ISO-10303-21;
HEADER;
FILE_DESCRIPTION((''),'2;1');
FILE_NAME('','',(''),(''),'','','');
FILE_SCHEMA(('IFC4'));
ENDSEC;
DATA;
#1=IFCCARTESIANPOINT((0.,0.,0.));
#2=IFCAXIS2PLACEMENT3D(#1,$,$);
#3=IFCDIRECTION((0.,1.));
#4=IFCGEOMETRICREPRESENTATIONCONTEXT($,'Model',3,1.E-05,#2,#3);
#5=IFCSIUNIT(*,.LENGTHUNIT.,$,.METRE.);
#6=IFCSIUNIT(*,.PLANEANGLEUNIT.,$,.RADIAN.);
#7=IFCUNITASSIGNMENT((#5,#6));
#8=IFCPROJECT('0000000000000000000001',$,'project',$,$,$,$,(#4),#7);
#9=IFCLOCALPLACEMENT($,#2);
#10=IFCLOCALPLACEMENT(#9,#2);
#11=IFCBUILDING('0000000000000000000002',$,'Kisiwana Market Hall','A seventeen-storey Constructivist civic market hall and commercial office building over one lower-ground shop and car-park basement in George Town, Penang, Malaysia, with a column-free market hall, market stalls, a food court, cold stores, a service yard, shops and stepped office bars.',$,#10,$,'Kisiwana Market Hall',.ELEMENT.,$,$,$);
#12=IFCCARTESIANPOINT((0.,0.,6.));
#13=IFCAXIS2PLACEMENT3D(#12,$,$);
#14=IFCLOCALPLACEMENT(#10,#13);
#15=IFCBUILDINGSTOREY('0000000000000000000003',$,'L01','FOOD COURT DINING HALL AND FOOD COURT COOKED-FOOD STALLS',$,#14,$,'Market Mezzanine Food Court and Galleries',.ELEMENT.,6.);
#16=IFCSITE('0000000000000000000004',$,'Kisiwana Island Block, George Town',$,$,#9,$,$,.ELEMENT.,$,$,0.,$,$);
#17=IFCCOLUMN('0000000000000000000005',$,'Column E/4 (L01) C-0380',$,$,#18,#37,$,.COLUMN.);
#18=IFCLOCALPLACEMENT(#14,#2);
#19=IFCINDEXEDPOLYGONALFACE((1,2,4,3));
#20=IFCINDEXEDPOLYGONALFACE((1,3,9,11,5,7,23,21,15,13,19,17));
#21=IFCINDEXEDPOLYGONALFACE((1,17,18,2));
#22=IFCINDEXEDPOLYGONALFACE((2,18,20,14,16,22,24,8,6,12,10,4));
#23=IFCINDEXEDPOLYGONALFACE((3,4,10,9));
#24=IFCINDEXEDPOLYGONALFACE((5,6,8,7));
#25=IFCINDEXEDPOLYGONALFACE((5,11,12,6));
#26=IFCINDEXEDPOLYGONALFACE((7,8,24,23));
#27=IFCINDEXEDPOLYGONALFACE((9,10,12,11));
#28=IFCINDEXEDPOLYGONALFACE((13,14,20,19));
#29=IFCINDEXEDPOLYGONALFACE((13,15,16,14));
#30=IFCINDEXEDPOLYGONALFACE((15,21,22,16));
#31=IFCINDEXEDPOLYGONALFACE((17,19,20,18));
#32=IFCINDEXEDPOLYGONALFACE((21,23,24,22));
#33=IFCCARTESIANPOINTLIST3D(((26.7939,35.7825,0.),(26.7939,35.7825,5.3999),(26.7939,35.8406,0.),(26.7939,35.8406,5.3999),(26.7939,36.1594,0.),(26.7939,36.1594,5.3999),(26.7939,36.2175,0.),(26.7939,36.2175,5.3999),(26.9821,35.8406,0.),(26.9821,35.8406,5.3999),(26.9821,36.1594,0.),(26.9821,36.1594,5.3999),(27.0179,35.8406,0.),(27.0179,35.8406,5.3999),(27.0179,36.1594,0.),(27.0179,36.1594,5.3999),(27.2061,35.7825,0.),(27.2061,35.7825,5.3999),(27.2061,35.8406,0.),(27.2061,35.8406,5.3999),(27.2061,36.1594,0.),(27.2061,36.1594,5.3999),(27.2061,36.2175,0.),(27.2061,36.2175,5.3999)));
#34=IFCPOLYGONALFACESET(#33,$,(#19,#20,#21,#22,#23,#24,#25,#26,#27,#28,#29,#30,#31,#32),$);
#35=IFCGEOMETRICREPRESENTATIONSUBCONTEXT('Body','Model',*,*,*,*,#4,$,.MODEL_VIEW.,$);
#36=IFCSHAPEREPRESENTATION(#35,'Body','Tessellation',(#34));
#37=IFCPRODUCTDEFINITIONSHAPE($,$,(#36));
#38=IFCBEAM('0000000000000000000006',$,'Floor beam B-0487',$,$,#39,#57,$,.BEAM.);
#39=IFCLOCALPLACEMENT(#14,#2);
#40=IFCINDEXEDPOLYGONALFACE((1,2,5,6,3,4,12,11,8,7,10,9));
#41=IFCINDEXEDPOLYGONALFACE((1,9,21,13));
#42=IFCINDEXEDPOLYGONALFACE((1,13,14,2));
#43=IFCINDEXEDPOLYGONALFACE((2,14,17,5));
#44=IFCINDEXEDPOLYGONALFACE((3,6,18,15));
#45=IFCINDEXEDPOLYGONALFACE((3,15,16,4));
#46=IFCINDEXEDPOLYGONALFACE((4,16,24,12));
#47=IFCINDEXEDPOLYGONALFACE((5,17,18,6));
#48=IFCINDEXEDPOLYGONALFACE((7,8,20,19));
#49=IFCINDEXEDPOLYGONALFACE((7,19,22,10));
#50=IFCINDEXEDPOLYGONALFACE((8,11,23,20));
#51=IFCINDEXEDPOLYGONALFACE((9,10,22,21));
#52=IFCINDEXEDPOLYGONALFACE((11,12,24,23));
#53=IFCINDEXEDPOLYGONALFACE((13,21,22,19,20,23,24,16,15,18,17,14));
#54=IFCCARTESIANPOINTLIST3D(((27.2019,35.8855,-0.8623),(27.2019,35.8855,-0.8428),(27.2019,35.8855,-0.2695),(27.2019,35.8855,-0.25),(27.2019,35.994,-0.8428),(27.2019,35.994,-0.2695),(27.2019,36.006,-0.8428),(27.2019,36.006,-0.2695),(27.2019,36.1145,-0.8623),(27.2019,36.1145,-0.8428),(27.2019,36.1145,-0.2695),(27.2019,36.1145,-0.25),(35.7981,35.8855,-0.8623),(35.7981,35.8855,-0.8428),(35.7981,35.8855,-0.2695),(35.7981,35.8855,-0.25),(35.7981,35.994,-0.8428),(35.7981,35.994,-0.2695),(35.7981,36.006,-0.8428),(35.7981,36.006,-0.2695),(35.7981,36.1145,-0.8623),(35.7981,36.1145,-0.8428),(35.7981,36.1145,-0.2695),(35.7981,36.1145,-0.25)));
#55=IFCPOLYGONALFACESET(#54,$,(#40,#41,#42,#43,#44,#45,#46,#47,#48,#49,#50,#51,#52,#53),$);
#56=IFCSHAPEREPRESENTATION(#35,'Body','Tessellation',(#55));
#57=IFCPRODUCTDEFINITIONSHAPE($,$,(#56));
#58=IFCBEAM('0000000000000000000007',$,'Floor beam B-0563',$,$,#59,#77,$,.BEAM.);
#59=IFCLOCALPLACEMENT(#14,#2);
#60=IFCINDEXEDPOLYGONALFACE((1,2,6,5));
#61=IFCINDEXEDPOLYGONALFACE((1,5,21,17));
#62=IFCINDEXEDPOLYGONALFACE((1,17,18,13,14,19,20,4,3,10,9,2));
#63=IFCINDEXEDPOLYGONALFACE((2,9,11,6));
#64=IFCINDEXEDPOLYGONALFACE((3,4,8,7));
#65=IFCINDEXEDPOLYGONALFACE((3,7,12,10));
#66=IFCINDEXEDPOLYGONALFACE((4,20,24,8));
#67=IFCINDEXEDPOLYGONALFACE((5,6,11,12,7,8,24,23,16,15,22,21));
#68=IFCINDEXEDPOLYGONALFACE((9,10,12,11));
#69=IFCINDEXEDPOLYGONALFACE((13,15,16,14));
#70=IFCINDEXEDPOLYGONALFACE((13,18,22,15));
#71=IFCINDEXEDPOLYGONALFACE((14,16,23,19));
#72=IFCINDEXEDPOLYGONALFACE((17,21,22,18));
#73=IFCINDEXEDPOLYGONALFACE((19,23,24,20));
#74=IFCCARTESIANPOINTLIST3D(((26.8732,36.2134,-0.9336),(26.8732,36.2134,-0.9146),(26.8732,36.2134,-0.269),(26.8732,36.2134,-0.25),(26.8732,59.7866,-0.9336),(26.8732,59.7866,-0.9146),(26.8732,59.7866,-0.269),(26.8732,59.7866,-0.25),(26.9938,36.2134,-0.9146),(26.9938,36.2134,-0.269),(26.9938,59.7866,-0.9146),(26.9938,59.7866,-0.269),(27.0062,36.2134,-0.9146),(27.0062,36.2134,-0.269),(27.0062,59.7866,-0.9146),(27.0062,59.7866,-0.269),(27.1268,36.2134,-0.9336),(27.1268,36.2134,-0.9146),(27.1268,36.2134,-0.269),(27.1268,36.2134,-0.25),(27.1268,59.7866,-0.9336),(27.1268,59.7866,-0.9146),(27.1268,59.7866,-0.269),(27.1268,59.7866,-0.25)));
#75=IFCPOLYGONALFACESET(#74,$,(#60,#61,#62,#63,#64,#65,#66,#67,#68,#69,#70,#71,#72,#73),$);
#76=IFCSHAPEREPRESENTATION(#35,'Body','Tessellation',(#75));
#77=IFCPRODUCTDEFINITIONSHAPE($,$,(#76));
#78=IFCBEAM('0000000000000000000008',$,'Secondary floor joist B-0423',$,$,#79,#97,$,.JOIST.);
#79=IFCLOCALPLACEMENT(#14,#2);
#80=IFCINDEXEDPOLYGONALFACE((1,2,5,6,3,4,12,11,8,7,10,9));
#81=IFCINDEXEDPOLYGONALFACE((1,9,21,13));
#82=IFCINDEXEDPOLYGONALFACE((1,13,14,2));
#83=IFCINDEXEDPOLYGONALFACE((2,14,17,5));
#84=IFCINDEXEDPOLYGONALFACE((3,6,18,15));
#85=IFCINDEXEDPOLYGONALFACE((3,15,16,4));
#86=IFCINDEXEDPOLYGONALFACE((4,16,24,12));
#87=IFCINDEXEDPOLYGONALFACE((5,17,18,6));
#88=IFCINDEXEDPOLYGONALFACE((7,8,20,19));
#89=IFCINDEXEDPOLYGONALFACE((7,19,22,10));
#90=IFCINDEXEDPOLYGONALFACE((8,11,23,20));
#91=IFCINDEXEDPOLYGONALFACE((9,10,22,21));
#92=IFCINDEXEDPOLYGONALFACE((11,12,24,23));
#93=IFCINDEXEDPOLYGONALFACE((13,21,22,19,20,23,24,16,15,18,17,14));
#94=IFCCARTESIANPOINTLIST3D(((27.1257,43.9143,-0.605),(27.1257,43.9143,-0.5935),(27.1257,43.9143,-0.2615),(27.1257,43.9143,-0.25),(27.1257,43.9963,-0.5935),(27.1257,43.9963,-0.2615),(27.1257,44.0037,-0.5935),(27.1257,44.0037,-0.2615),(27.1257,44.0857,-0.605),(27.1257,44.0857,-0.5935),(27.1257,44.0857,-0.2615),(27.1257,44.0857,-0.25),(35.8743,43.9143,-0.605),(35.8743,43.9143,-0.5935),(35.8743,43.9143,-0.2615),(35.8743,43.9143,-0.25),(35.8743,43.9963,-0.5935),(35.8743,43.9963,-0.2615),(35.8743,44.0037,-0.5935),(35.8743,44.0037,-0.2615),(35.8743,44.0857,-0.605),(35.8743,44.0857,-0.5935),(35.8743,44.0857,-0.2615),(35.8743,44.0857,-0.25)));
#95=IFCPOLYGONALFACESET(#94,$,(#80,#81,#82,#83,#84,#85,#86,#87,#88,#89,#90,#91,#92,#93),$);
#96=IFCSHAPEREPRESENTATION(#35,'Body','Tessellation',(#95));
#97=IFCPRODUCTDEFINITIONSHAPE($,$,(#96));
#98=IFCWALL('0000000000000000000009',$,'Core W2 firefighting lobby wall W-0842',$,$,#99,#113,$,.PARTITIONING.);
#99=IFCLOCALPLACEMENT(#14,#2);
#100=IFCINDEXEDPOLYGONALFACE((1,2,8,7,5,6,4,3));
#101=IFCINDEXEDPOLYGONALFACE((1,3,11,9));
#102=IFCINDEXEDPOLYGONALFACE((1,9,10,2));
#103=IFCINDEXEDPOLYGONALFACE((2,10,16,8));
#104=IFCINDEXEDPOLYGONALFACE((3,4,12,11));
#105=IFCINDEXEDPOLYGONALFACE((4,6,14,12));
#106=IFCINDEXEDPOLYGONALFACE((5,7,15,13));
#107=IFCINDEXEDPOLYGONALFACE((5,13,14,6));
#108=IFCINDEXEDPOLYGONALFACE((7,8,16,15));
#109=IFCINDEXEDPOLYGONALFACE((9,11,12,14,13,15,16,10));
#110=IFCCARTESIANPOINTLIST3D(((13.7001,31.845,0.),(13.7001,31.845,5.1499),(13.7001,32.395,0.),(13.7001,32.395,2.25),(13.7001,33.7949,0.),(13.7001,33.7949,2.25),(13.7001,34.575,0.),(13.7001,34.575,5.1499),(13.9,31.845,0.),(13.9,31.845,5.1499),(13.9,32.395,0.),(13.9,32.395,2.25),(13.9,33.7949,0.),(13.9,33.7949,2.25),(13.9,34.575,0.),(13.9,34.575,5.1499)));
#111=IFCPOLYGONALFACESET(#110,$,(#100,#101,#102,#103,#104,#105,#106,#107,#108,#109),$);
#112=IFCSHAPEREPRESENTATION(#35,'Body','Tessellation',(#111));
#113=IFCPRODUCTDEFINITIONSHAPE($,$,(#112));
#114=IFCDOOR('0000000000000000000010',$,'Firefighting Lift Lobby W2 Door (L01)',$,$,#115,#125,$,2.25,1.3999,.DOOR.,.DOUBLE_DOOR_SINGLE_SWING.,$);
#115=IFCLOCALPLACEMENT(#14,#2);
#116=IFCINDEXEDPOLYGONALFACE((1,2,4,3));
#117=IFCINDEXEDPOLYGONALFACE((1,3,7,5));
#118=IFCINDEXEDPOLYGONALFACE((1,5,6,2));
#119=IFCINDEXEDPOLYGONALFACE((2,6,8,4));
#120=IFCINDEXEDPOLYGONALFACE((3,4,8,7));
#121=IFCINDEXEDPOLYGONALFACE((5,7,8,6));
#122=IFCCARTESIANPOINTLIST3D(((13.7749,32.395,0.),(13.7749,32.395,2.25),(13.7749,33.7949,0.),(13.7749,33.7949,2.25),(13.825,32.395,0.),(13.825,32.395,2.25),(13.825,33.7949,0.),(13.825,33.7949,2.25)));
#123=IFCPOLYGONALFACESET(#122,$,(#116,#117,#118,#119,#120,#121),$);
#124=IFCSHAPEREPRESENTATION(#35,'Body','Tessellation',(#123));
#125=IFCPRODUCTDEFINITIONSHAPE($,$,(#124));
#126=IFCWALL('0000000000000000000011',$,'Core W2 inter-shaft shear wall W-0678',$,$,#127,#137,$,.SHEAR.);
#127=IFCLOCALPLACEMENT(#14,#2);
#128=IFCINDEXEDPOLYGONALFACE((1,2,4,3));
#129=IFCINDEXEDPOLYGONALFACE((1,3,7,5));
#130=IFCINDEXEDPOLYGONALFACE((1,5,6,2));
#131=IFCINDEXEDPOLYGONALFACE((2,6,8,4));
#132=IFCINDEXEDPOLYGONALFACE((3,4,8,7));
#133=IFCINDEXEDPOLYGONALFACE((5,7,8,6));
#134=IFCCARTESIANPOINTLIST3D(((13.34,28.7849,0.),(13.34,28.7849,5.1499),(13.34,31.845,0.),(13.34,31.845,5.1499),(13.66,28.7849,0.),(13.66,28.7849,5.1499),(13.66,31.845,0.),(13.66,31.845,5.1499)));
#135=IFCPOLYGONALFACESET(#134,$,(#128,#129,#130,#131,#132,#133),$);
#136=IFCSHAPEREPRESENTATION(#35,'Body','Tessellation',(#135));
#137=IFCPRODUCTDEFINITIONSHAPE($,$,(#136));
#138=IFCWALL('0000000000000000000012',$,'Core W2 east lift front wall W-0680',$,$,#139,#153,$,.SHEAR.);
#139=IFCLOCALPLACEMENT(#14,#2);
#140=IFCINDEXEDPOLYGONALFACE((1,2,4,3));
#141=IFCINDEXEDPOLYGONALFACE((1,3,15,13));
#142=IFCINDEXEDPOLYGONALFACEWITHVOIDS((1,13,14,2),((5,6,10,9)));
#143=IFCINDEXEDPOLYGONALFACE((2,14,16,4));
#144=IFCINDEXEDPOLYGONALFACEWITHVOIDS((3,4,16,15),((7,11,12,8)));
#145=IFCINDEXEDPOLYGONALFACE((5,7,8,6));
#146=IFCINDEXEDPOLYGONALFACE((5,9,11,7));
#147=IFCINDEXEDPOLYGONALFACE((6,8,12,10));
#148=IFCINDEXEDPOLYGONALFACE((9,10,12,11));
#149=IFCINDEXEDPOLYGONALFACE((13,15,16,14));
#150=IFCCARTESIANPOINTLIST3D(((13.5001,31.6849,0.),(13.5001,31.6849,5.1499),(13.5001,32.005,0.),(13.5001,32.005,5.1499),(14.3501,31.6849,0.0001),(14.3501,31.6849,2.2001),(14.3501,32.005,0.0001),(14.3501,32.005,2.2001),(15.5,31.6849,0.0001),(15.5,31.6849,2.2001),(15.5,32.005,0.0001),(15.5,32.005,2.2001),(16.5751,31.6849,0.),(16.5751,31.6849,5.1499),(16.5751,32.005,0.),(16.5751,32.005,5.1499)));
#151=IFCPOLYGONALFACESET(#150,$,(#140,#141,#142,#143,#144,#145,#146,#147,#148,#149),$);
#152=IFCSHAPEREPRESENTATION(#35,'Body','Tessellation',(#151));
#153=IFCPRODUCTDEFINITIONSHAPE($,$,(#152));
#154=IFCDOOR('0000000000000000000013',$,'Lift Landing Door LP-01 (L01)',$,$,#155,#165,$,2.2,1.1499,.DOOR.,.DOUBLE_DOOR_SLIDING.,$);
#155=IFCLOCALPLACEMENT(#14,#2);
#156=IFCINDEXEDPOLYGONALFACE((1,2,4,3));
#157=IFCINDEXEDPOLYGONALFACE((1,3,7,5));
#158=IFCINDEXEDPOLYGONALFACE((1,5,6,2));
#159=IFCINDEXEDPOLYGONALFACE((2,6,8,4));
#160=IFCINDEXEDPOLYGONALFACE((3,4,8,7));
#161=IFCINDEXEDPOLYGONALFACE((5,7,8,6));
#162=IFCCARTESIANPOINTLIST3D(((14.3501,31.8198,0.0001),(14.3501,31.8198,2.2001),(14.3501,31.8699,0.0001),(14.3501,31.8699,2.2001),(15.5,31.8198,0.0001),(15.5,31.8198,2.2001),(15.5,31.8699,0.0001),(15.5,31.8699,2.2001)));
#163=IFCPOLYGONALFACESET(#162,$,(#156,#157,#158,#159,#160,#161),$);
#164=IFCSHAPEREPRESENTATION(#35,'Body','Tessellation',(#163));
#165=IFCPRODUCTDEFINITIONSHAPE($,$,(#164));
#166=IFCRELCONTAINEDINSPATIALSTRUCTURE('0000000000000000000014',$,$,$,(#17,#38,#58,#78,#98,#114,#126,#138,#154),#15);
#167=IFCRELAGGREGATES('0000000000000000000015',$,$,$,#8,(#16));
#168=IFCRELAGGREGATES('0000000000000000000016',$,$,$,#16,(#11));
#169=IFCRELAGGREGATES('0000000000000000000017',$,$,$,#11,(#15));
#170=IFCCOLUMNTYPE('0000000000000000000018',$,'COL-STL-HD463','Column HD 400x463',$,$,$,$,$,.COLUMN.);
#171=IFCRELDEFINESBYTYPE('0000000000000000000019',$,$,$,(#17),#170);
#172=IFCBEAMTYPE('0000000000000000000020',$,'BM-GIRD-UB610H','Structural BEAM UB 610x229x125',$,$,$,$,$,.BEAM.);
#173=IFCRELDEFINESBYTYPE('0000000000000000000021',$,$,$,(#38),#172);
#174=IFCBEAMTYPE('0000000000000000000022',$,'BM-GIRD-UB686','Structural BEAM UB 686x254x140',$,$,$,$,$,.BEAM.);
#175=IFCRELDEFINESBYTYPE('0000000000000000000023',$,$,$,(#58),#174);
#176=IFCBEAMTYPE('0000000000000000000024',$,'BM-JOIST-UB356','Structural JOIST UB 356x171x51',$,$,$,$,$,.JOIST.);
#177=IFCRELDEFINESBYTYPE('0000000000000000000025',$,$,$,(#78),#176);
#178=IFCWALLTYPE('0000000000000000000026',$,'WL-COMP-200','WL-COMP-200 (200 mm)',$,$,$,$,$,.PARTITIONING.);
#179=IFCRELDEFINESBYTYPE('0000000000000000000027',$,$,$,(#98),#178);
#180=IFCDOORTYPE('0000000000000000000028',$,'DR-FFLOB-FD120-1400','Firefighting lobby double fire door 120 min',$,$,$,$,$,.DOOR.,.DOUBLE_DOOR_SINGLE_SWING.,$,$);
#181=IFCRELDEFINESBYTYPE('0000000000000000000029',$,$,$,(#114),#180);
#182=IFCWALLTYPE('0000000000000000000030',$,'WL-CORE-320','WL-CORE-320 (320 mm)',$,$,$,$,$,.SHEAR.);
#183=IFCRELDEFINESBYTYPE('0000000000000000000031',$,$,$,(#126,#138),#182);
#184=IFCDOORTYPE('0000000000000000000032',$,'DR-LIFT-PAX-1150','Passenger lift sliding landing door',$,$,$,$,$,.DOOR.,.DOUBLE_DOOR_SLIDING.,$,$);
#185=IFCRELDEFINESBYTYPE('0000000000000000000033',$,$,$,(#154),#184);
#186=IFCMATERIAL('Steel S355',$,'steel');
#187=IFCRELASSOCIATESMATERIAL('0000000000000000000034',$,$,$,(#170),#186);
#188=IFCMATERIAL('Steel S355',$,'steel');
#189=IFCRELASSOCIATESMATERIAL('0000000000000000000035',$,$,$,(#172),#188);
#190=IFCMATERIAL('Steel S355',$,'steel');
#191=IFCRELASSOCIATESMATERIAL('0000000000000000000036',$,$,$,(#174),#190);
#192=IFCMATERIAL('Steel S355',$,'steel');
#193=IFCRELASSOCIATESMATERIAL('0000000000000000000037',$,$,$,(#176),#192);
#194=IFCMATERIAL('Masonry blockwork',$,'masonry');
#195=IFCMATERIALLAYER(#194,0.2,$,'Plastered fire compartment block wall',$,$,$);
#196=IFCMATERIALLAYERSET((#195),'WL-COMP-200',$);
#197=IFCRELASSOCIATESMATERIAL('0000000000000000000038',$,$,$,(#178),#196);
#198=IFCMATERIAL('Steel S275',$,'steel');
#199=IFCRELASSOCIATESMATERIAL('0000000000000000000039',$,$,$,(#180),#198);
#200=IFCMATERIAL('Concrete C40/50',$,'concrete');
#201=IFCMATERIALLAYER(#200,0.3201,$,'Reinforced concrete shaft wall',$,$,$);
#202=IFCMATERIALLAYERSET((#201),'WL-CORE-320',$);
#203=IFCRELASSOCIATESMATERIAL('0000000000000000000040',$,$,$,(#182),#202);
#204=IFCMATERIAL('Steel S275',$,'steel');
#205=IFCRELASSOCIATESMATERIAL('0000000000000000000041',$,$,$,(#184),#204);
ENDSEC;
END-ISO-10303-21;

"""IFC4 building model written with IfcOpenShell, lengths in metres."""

from ifc_helpers import new_model, si_unit, direction, frame, frame_2d, origin, origin_2d, place, context, subcontext, project, spatial, rectangle, i_section, extrude, material, layer, layer_set, material_profile, profile_set, type_object, element, fill, save


model = new_model("IFC4")

# Units and contexts
model_context = context("Model", 3, precision=1e-05, world=origin(), true_north=direction((0.0, 1.0)))
body_context = subcontext(model_context, "Body", "Model", "MODEL_VIEW")
ifc_project = project(units=[si_unit("LENGTHUNIT", "METRE"), si_unit("PLANEANGLEUNIT", "RADIAN")], contexts=[model_context])

# Site, building, storey
site_placement = place(None, origin())
site = spatial("IfcSite", under=ifc_project, at=site_placement, Name="Kisiwana Island Block, George Town", CompositionType="ELEMENT", RefElevation=0.0)
building_placement = place(site_placement, origin())
building = spatial("IfcBuilding", under=site, at=building_placement, Name="Kisiwana Market Hall", Description="A seventeen-storey Constructivist civic market hall and commercial office building over one lower-ground shop and car-park basement in George Town, Penang, Malaysia, with a column-free market hall, market stalls, a food court, cold stores, a service yard, shops and stepped office bars.", LongName="Kisiwana Market Hall", CompositionType="ELEMENT")
storey_placement = place(building_placement, frame((0.0, 0.0, 6.0)))
storey = spatial("IfcBuildingStorey", under=building, at=storey_placement, Name="L01", Description="FOOD COURT DINING HALL AND FOOD COURT COOKED-FOOD STALLS", LongName="Market Mezzanine Food Court and Galleries", CompositionType="ELEMENT", Elevation=6.0)

# Column
ifc_material_1 = material(Name="Steel S355", Category="steel")
ifc_material_profile_1 = material_profile(ifc_material_1, i_section(OverallWidth=0.4121, OverallDepth=0.4351, WebThickness=0.0359, FlangeThickness=0.0581, at=origin_2d()), Name="HD 400x463")
ifc_profile_set_1 = profile_set([ifc_material_profile_1], Name="Steel S355")
column_type = type_object("IfcColumnType", Name="COL-STL-HD463", Description="Column HD 400x463", PredefinedType="COLUMN", material=ifc_profile_set_1)
column_placement = place(storey_placement, frame((27.0, 36.0, 0.0), z_axis=(0.0, 0.0, 1.0), x_axis=(1.0, 0.0, 0.0)))
element("IfcColumn", 1, at=column_placement, inside=storey, type_object=column_type, Name="Column E/4 (L01) C-0380", PredefinedType="COLUMN", context=body_context, shape_type="SweptSolid", body=[
    extrude(i_section(OverallWidth=0.4121, OverallDepth=0.4351, WebThickness=0.0359, FlangeThickness=0.0581, at=origin_2d()), origin(), (0.0, 0.0, 1.0), 5.3999),
])

# Beams
ifc_material_2 = material(Name="Steel S355", Category="steel")
ifc_material_profile_2 = material_profile(ifc_material_2, i_section(OverallWidth=0.229, OverallDepth=0.6123, WebThickness=0.012, FlangeThickness=0.0195, at=origin_2d()), Name="UB 610x229x125")
ifc_profile_set_2 = profile_set([ifc_material_profile_2], Name="Steel S355")
beam_type_1 = type_object("IfcBeamType", Name="BM-GIRD-UB610H", Description="Structural BEAM UB 610x229x125", PredefinedType="BEAM", material=ifc_profile_set_2)
beam_1_placement = place(storey_placement, frame((27.2019, 36.0, -0.5562), z_axis=(1.0, 0.0, 0.0), x_axis=(0.0, 1.0, 0.0)))
element("IfcBeam", 2, at=beam_1_placement, inside=storey, type_object=beam_type_1, Name="Floor beam B-0487", PredefinedType="BEAM", context=body_context, shape_type="SweptSolid", body=[
    extrude(i_section(OverallWidth=0.229, OverallDepth=0.6123, WebThickness=0.012, FlangeThickness=0.0195, at=origin_2d()), origin(), (0.0, 0.0, 1.0), 8.5962),
])
ifc_material_3 = material(Name="Steel S355", Category="steel")
ifc_material_profile_3 = material_profile(ifc_material_3, i_section(OverallWidth=0.2537, OverallDepth=0.6836, WebThickness=0.0125, FlangeThickness=0.019, at=origin_2d()), Name="UB 686x254x140")
ifc_profile_set_3 = profile_set([ifc_material_profile_3], Name="Steel S355")
beam_type_2 = type_object("IfcBeamType", Name="BM-GIRD-UB686", Description="Structural BEAM UB 686x254x140", PredefinedType="BEAM", material=ifc_profile_set_3)
beam_2_placement = place(storey_placement, frame((27.0, 36.2134, -0.5918), z_axis=(0.0, 1.0, 0.0), x_axis=(-1.0, 0.0, 0.0)))
element("IfcBeam", 3, at=beam_2_placement, inside=storey, type_object=beam_type_2, Name="Floor beam B-0563", PredefinedType="BEAM", context=body_context, shape_type="SweptSolid", body=[
    extrude(i_section(OverallWidth=0.2537, OverallDepth=0.6836, WebThickness=0.0125, FlangeThickness=0.019, at=origin_2d()), origin(), (0.0, 0.0, 1.0), 23.5732),
])
ifc_material_4 = material(Name="Steel S355", Category="steel")
ifc_material_profile_4 = material_profile(ifc_material_4, i_section(OverallWidth=0.1714, OverallDepth=0.355, WebThickness=0.0073, FlangeThickness=0.0115, at=origin_2d()), Name="UB 356x171x51")
ifc_profile_set_4 = profile_set([ifc_material_profile_4], Name="Steel S355")
beam_type_3 = type_object("IfcBeamType", Name="BM-JOIST-UB356", Description="Structural JOIST UB 356x171x51", PredefinedType="JOIST", material=ifc_profile_set_4)
beam_3_placement = place(storey_placement, frame((27.1257, 44.0, -0.4275), z_axis=(1.0, 0.0, 0.0), x_axis=(0.0, 1.0, 0.0)))
element("IfcBeam", 4, at=beam_3_placement, inside=storey, type_object=beam_type_3, Name="Secondary floor joist B-0423", PredefinedType="JOIST", context=body_context, shape_type="SweptSolid", body=[
    extrude(i_section(OverallWidth=0.1714, OverallDepth=0.355, WebThickness=0.0073, FlangeThickness=0.0115, at=origin_2d()), origin(), (0.0, 0.0, 1.0), 8.7485),
])

# Wall, opening, door
ifc_material_5 = material(Name="Masonry blockwork", Category="masonry")
ifc_layer_1 = layer(ifc_material_5, 0.2, Name="Plastered fire compartment block wall")
ifc_layer_set_1 = layer_set([ifc_layer_1], Name="WL-COMP-200")
wall_type_1 = type_object("IfcWallType", Name="WL-COMP-200", Description="WL-COMP-200 (200 mm)", PredefinedType="PARTITIONING", material=ifc_layer_set_1)
wall_1_placement = place(storey_placement, frame((13.8, 31.845, 0.0), z_axis=(0.0, 0.0, 1.0), x_axis=(0.0, 1.0, 0.0)))
wall_1 = element("IfcWall", 5, at=wall_1_placement, inside=storey, type_object=wall_type_1, Name="Core W2 firefighting lobby wall W-0842", PredefinedType="PARTITIONING", context=body_context, shape_type="SweptSolid", body=[
    extrude(rectangle(XDim=2.73, YDim=0.2, at=frame_2d((1.365, 0.0))), origin(), (0.0, 0.0, 1.0), 5.1499),
])
opening_1_placement = place(wall_1_placement, frame((0.55, 0.0, 0.0)))
opening_1 = element("IfcOpeningElement", 6, at=opening_1_placement, cuts=wall_1, PredefinedType="OPENING", context=body_context, shape_type="SweptSolid", body=[
    extrude(rectangle(XDim=1.3999, YDim=2.25, at=frame_2d((0.7, 1.125))), frame((0.0, 0.1118, 0.0), z_axis=(0.0, -1.0, 0.0), x_axis=(1.0, 0.0, 0.0)), (0.0, 0.0, 1.0), 0.2239),
])
ifc_material_6 = material(Name="Steel S275", Category="steel")
door_type_1 = type_object("IfcDoorType", Name="DR-FFLOB-FD120-1400", Description="Firefighting lobby double fire door 120 min", OperationType="DOUBLE_DOOR_SINGLE_SWING", PredefinedType="DOOR", material=ifc_material_6)
door_1_placement = place(opening_1_placement, frame((1.3999, 0.0, 0.0), z_axis=(0.0, 0.0, 1.0), x_axis=(-1.0, 0.0, 0.0)))
door_1 = element("IfcDoor", 7, at=door_1_placement, inside=storey, type_object=door_type_1, Name="Firefighting Lift Lobby W2 Door (L01)", OperationType="DOUBLE_DOOR_SINGLE_SWING", OverallHeight=2.25, OverallWidth=1.3999, PredefinedType="DOOR", context=body_context, shape_type="SweptSolid", body=[
    extrude(rectangle(XDim=1.3999, YDim=2.25, at=frame_2d((0.7, 1.125))), frame((0.0, 0.0249, 0.0), z_axis=(0.0, -1.0, 0.0), x_axis=(1.0, 0.0, 0.0)), (0.0, 0.0, 1.0), 0.05),
])
fill(opening_1, door_1)

# Wall
ifc_material_7 = material(Name="Concrete C40/50", Category="concrete")
ifc_layer_2 = layer(ifc_material_7, 0.3201, Name="Reinforced concrete shaft wall")
ifc_layer_set_2 = layer_set([ifc_layer_2], Name="WL-CORE-320")
wall_type_2 = type_object("IfcWallType", Name="WL-CORE-320", Description="WL-CORE-320 (320 mm)", PredefinedType="SHEAR", material=ifc_layer_set_2)
wall_2_placement = place(storey_placement, frame((13.5, 28.7849, 0.0), z_axis=(0.0, 0.0, 1.0), x_axis=(0.0, 1.0, 0.0)))
element("IfcWall", 8, at=wall_2_placement, inside=storey, type_object=wall_type_2, Name="Core W2 inter-shaft shear wall W-0678", PredefinedType="SHEAR", context=body_context, shape_type="SweptSolid", body=[
    extrude(rectangle(XDim=3.0601, YDim=0.3201, at=frame_2d((1.53, 0.0))), origin(), (0.0, 0.0, 1.0), 5.1499),
])

# Wall, opening, door
wall_3_placement = place(storey_placement, frame((13.5, 31.845, 0.0), z_axis=(0.0, 0.0, 1.0), x_axis=(1.0, 0.0, 0.0)))
wall_3 = element("IfcWall", 9, at=wall_3_placement, inside=storey, type_object=wall_type_2, Name="Core W2 east lift front wall W-0680", PredefinedType="SHEAR", context=body_context, shape_type="SweptSolid", body=[
    extrude(rectangle(XDim=3.075, YDim=0.3201, at=frame_2d((1.5376, 0.0))), origin(), (0.0, 0.0, 1.0), 5.1499),
])
opening_2_placement = place(wall_3_placement, frame((0.8501, 0.0, 0.0)))
opening_2 = element("IfcOpeningElement", 10, at=opening_2_placement, cuts=wall_3, PredefinedType="OPENING", context=body_context, shape_type="SweptSolid", body=[
    extrude(rectangle(XDim=1.1499, YDim=2.2, at=frame_2d((0.575, 1.1001))), frame((0.0, 0.1719, 0.0), z_axis=(0.0, -1.0, 0.0), x_axis=(1.0, 0.0, 0.0)), (0.0, 0.0, 1.0), 0.344),
])
ifc_material_8 = material(Name="Steel S275", Category="steel")
door_type_2 = type_object("IfcDoorType", Name="DR-LIFT-PAX-1150", Description="Passenger lift sliding landing door", OperationType="DOUBLE_DOOR_SLIDING", PredefinedType="DOOR", material=ifc_material_8)
door_2_placement = place(opening_2_placement, origin())
door_2 = element("IfcDoor", 11, at=door_2_placement, inside=storey, type_object=door_type_2, Name="Lift Landing Door LP-01 (L01)", OperationType="DOUBLE_DOOR_SLIDING", OverallHeight=2.2, OverallWidth=1.1499, PredefinedType="DOOR", context=body_context, shape_type="SweptSolid", body=[
    extrude(rectangle(XDim=1.1499, YDim=2.2, at=frame_2d((0.575, 1.1001))), frame((0.0, 0.0249, 0.0), z_axis=(0.0, -1.0, 0.0), x_axis=(1.0, 0.0, 0.0)), (0.0, 0.0, 1.0), 0.05),
])
fill(opening_2, door_2)

save(model, "model.ifc")
